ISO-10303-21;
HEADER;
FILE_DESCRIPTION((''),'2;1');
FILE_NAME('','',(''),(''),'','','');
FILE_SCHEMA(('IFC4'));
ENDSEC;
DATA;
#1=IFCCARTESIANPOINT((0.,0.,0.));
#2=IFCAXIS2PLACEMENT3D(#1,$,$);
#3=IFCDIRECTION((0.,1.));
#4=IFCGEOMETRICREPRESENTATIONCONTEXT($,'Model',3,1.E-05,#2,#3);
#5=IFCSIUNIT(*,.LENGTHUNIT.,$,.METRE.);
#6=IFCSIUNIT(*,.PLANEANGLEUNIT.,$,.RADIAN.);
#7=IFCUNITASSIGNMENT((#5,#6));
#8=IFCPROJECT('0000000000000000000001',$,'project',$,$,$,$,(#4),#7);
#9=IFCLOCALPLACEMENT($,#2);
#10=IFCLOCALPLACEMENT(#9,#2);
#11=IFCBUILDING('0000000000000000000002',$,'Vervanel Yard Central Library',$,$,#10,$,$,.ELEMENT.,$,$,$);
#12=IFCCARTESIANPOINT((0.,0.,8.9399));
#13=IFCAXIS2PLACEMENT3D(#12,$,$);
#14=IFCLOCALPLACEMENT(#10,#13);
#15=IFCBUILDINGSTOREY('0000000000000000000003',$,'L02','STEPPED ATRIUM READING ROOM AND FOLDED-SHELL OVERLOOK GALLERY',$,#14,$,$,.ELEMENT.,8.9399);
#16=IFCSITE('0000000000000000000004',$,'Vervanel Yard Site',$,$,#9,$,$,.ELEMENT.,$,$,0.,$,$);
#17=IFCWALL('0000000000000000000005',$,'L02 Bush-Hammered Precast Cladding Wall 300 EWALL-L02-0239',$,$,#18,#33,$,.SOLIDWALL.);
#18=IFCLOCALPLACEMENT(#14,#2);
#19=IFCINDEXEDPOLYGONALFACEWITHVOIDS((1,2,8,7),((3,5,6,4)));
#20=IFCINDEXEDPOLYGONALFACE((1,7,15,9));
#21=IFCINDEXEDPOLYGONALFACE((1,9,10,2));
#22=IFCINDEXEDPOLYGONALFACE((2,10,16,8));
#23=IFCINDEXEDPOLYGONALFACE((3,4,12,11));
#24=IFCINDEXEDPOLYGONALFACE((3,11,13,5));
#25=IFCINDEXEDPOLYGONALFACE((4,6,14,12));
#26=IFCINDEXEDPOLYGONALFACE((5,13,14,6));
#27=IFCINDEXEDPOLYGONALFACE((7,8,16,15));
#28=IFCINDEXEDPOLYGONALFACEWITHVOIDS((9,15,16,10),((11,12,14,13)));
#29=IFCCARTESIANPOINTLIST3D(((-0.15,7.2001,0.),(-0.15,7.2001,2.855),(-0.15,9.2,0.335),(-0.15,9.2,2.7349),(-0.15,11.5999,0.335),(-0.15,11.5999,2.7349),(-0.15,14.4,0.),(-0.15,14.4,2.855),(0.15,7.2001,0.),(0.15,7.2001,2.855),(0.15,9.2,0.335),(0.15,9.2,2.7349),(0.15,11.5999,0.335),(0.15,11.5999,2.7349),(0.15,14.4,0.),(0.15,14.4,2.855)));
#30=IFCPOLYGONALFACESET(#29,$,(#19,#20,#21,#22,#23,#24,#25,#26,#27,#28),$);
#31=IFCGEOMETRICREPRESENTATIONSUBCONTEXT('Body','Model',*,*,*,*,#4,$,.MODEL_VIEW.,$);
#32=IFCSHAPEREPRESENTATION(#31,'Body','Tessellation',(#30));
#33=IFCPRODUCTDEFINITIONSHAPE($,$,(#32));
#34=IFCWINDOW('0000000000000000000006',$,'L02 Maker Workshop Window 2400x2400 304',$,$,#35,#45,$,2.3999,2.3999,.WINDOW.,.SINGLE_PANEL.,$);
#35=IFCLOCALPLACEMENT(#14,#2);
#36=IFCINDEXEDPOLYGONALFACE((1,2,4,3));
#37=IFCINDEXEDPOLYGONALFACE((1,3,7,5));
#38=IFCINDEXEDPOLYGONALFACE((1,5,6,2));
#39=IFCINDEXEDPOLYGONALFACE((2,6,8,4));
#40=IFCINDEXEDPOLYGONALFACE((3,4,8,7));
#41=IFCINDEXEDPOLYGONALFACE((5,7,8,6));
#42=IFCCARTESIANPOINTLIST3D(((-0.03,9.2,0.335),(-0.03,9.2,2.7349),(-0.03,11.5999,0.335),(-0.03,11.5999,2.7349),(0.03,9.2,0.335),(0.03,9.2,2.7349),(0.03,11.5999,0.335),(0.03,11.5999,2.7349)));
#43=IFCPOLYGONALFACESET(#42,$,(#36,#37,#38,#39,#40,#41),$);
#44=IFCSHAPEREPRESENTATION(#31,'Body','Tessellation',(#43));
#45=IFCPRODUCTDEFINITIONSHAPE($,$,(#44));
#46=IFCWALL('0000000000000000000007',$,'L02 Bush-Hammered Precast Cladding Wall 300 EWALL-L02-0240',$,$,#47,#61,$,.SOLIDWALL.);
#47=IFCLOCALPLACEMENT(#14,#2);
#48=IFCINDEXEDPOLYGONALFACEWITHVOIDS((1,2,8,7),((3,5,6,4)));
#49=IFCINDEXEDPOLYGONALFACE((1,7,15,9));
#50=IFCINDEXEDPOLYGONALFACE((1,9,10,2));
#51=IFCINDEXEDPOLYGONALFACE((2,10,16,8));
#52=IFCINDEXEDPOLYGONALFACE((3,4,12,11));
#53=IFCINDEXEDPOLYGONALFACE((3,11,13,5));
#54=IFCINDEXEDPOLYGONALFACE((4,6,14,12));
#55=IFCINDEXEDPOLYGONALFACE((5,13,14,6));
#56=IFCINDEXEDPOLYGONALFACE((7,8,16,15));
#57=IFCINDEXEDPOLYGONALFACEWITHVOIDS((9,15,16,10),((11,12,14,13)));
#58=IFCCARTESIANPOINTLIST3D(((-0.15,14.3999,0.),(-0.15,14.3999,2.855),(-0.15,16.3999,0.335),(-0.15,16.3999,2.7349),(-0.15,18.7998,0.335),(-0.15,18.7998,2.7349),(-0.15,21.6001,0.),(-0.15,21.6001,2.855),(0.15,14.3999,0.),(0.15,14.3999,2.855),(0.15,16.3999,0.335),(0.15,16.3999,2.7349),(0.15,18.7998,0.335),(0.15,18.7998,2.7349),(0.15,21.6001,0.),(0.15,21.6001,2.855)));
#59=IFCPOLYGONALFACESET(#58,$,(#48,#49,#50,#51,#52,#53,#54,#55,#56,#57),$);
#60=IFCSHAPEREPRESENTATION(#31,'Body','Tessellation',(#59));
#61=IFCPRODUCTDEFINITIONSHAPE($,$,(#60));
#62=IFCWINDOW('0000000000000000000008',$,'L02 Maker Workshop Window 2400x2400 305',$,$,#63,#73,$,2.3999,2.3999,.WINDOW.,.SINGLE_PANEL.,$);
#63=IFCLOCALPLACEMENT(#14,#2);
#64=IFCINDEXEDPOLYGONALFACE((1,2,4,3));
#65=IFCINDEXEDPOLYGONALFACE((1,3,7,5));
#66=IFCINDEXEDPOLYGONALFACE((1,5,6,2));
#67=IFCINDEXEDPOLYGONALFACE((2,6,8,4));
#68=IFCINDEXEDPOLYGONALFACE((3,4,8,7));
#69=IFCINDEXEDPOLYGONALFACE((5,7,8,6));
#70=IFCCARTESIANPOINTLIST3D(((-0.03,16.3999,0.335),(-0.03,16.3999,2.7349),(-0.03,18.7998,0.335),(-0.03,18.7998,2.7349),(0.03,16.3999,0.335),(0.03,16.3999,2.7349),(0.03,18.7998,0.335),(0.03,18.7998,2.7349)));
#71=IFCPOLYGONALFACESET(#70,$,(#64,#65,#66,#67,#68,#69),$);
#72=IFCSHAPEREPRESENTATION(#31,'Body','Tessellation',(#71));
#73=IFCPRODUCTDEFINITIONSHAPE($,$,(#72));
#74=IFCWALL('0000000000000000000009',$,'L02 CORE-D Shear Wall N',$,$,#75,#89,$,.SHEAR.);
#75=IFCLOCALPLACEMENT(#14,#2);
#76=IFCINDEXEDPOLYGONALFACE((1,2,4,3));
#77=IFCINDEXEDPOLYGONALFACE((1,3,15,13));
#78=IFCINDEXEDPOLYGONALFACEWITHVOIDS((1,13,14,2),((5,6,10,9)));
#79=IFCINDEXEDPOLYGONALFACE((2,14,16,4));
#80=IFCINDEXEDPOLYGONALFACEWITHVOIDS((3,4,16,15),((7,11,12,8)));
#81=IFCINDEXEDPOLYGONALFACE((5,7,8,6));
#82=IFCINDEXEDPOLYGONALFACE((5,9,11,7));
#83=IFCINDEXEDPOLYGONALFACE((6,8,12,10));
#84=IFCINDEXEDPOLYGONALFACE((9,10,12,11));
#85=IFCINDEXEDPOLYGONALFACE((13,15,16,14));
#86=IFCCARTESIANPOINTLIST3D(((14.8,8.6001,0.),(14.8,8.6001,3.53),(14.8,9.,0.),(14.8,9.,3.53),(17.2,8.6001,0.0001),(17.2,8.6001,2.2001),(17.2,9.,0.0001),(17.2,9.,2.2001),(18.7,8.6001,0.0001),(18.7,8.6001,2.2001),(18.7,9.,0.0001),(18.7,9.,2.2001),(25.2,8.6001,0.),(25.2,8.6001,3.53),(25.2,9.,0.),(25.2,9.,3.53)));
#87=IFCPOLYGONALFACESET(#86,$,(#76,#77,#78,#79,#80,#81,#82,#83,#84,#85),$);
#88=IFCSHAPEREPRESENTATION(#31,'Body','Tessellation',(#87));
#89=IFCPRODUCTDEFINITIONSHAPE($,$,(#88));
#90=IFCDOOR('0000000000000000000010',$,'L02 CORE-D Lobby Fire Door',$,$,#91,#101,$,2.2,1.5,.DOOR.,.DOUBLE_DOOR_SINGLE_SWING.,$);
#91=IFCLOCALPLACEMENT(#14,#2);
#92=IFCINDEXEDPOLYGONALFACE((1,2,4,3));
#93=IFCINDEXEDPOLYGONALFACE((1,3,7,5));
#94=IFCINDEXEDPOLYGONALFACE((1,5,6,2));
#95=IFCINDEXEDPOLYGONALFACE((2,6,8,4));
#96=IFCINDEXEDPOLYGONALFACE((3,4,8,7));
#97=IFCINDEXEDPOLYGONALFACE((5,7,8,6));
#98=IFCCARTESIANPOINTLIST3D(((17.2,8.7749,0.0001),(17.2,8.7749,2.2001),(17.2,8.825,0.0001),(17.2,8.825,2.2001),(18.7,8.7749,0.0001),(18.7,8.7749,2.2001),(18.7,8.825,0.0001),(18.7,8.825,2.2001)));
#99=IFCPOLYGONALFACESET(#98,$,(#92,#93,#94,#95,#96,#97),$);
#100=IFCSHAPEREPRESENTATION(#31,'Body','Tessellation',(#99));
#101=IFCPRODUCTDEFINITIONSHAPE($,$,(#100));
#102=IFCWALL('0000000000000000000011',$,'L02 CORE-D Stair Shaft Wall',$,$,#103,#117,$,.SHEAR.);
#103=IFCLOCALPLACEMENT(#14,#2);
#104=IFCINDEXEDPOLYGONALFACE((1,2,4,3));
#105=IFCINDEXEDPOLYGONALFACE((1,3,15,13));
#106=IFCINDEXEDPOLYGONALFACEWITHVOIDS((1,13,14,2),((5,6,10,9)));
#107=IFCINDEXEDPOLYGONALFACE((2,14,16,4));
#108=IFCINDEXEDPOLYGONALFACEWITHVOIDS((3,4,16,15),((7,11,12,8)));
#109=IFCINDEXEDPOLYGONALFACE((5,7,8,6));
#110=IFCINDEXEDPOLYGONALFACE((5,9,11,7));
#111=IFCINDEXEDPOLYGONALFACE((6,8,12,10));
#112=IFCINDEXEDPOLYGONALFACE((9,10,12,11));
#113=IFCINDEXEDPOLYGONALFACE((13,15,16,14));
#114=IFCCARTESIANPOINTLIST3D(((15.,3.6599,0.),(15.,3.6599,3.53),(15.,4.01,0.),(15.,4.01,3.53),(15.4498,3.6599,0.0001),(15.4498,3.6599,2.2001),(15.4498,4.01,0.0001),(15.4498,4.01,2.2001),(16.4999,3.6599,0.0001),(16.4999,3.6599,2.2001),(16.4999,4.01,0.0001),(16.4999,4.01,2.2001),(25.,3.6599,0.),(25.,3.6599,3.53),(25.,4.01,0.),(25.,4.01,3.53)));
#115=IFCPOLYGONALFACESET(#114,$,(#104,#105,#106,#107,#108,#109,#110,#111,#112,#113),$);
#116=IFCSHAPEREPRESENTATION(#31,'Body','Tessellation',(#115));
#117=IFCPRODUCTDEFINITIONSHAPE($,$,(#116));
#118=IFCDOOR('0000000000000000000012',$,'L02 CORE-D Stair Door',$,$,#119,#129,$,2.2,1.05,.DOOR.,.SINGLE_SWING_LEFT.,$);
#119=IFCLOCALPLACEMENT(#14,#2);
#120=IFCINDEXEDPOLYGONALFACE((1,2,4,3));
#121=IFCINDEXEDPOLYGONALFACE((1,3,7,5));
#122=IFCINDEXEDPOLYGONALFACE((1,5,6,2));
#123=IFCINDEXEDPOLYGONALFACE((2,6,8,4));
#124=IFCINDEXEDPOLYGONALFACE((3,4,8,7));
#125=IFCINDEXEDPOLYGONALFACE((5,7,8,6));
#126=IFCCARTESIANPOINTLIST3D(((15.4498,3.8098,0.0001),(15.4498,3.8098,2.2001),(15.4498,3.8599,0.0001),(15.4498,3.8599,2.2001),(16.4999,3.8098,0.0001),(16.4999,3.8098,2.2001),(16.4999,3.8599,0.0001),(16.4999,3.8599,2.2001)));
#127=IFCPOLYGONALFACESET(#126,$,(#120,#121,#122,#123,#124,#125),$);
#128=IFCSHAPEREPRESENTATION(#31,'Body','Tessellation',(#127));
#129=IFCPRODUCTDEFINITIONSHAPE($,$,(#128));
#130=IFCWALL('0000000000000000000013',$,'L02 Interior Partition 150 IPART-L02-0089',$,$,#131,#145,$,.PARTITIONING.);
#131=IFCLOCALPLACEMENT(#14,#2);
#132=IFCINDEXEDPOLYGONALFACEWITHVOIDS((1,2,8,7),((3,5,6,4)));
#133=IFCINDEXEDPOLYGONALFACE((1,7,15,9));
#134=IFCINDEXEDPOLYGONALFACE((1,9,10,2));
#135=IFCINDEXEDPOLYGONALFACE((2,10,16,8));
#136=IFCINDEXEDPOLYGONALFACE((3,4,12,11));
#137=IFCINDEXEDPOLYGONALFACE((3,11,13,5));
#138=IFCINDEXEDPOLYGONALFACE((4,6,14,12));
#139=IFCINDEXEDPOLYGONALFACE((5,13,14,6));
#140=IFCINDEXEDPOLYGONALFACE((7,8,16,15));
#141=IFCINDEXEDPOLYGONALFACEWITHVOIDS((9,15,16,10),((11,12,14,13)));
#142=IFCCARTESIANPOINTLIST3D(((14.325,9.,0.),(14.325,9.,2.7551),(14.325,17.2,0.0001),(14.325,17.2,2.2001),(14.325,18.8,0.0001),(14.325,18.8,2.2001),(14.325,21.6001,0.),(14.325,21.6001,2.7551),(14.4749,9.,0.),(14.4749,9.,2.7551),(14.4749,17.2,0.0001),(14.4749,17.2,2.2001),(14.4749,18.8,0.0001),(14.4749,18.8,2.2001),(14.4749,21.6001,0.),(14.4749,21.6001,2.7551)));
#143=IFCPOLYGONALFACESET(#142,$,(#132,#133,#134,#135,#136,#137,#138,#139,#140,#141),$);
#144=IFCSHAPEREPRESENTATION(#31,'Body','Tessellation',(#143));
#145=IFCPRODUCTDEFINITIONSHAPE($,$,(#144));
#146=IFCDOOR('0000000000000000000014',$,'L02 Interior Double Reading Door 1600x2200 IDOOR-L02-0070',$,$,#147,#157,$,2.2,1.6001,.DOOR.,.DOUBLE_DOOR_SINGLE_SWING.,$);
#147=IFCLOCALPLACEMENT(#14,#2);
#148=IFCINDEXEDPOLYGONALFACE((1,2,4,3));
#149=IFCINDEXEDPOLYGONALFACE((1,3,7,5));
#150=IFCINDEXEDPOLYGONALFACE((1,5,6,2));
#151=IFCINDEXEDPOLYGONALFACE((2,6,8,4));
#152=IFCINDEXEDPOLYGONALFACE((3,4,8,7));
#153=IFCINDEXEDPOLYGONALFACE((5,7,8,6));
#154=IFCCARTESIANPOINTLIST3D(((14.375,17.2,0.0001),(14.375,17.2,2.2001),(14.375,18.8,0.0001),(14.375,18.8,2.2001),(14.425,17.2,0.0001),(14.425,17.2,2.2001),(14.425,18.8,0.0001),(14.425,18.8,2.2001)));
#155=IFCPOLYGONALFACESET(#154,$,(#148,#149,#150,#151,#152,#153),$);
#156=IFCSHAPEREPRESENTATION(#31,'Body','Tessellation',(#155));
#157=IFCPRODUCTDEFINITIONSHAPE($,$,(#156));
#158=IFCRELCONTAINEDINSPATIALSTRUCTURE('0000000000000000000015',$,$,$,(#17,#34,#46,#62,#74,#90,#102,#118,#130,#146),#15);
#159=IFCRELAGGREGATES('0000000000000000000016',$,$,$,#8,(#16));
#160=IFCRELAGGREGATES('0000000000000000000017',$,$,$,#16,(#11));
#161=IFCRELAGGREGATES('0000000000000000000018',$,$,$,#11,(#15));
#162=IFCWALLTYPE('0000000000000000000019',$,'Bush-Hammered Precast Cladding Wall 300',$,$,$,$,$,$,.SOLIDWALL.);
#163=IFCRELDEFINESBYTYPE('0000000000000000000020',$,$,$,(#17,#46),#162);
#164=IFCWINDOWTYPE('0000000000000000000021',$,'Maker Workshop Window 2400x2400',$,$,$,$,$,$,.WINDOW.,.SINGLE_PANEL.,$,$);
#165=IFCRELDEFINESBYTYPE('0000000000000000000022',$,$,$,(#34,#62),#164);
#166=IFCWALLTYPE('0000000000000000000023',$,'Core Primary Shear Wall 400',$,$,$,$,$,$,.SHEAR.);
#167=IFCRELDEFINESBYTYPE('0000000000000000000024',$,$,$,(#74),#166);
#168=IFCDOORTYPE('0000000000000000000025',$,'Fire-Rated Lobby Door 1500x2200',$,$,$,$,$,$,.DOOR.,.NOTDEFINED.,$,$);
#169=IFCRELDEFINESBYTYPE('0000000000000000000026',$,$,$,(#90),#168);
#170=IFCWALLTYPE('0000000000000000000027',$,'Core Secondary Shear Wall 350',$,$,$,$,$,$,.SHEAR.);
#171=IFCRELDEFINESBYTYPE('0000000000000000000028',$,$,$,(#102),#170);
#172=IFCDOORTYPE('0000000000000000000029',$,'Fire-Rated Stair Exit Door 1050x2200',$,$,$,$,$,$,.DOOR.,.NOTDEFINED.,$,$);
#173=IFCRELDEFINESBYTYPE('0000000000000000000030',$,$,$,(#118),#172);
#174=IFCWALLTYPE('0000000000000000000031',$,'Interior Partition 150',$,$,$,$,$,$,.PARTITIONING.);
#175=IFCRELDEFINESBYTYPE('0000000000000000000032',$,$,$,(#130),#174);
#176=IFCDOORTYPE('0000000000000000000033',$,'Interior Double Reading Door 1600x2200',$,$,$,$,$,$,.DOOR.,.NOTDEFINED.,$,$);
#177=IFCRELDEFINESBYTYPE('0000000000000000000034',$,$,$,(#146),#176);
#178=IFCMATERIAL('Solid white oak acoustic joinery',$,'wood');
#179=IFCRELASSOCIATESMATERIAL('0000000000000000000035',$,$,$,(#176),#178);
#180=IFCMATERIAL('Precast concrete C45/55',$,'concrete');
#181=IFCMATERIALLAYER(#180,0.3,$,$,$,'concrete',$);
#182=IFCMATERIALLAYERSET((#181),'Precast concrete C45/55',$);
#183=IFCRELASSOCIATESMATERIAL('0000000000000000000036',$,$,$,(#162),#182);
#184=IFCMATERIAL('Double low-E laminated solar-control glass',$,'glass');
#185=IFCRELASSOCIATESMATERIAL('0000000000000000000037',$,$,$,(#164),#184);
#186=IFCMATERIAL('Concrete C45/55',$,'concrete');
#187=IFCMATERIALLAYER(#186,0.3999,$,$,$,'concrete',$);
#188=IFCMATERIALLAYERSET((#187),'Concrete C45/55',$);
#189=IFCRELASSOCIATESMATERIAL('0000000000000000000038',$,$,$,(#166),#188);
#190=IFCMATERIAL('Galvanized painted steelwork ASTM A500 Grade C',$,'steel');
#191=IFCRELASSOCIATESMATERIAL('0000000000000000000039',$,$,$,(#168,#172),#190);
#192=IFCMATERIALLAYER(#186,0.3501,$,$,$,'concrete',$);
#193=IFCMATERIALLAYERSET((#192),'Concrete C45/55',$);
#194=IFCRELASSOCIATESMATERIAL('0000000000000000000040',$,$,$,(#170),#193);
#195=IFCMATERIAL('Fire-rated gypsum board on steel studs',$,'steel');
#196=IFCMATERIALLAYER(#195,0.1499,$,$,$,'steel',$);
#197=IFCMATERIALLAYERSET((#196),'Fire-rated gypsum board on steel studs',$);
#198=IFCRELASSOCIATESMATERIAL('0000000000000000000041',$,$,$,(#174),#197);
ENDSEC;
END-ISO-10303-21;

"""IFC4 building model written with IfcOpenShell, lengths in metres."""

from ifc_helpers import new_model, si_unit, direction, frame, frame_2d, origin, place, context, subcontext, project, spatial, rectangle, extrude, material, layer, layer_set, type_object, element, fill, save


model = new_model("IFC4")

# Units and contexts
model_context = context("Model", 3, precision=1e-05, world=origin(), true_north=direction((0.0, 1.0)))
body_context = subcontext(model_context, "Body", "Model", "MODEL_VIEW")
ifc_project = project(units=[si_unit("LENGTHUNIT", "METRE"), si_unit("PLANEANGLEUNIT", "RADIAN")], contexts=[model_context])

# Site, building, storey
site_placement = place(None, origin())
site = spatial("IfcSite", under=ifc_project, at=site_placement, Name="Vervanel Yard Site", CompositionType="ELEMENT", RefElevation=0.0)
building_placement = place(site_placement, origin())
building = spatial("IfcBuilding", under=site, at=building_placement, Name="Vervanel Yard Central Library", CompositionType="ELEMENT")
storey_placement = place(building_placement, frame((0.0, 0.0, 8.9399)))
storey = spatial("IfcBuildingStorey", under=building, at=storey_placement, Name="L02", Description="STEPPED ATRIUM READING ROOM AND FOLDED-SHELL OVERLOOK GALLERY", CompositionType="ELEMENT", Elevation=8.9399)

# Shared definitions
ifc_material_1 = material(Name="Concrete C45/55", Category="concrete")

# Shared definitions
ifc_material_2 = material(Name="Fire-rated gypsum board on steel studs", Category="steel")
ifc_material_3 = material(Name="Solid white oak acoustic joinery", Category="wood")
door_type_1 = type_object("IfcDoorType", Name="Interior Double Reading Door 1600x2200", OperationType="NOTDEFINED", PredefinedType="DOOR", material=ifc_material_3)

# Walls, openings, windows
ifc_material_4 = material(Name="Precast concrete C45/55", Category="concrete")
ifc_layer_1 = layer(ifc_material_4, 0.3, Category="concrete")
ifc_layer_set_1 = layer_set([ifc_layer_1], Name="Precast concrete C45/55")
wall_type_1 = type_object("IfcWallType", Name="Bush-Hammered Precast Cladding Wall 300", PredefinedType="SOLIDWALL", material=ifc_layer_set_1)
wall_1_placement = place(storey_placement, frame((0.0, 7.2, 0.0), z_axis=(0.0, 0.0, 1.0), x_axis=(0.0, 1.0, 0.0)))
wall_1 = element("IfcWall", 1, at=wall_1_placement, inside=storey, type_object=wall_type_1, Name="L02 Bush-Hammered Precast Cladding Wall 300 EWALL-L02-0239", PredefinedType="SOLIDWALL", context=body_context, shape_type="SweptSolid", body=[
    extrude(rectangle(XDim=7.2, YDim=0.3, at=frame_2d((3.6001, 0.0))), origin(), (0.0, 0.0, 1.0), 2.855),
])
opening_1_placement = place(wall_1_placement, frame((2.0, 0.0, 0.335)))
opening_1 = element("IfcOpeningElement", 2, at=opening_1_placement, cuts=wall_1, PredefinedType="OPENING", context=body_context, shape_type="SweptSolid", body=[
    extrude(rectangle(XDim=2.3999, YDim=2.3999, at=frame_2d((1.2, 1.2))), frame((0.0, 0.1599, 0.0), z_axis=(0.0, -1.0, 0.0), x_axis=(1.0, 0.0, 0.0)), (0.0, 0.0, 1.0), 0.3201),
])
ifc_material_5 = material(Name="Double low-E laminated solar-control glass", Category="glass")
window_type = type_object("IfcWindowType", Name="Maker Workshop Window 2400x2400", PartitioningType="SINGLE_PANEL", PredefinedType="WINDOW", material=ifc_material_5)
window_1_placement = place(opening_1_placement, origin())
window_1 = element("IfcWindow", 3, at=window_1_placement, inside=storey, type_object=window_type, Name="L02 Maker Workshop Window 2400x2400 304", OverallHeight=2.3999, OverallWidth=2.3999, PartitioningType="SINGLE_PANEL", PredefinedType="WINDOW", context=body_context, shape_type="SweptSolid", body=[
    extrude(rectangle(XDim=2.3999, YDim=2.3999, at=frame_2d((1.2, 1.2))), frame((0.0, 0.03, 0.0), z_axis=(0.0, -1.0, 0.0), x_axis=(1.0, 0.0, 0.0)), (0.0, 0.0, 1.0), 0.0601),
])
fill(opening_1, window_1)
wall_2_placement = place(storey_placement, frame((0.0, 14.3999, 0.0), z_axis=(0.0, 0.0, 1.0), x_axis=(0.0, 1.0, 0.0)))
wall_2 = element("IfcWall", 4, at=wall_2_placement, inside=storey, type_object=wall_type_1, Name="L02 Bush-Hammered Precast Cladding Wall 300 EWALL-L02-0240", PredefinedType="SOLIDWALL", context=body_context, shape_type="SweptSolid", body=[
    extrude(rectangle(XDim=7.2002, YDim=0.3, at=frame_2d((3.6001, 0.0))), origin(), (0.0, 0.0, 1.0), 2.855),
])
opening_2_placement = place(wall_2_placement, frame((2.0, 0.0, 0.335)))
opening_2 = element("IfcOpeningElement", 5, at=opening_2_placement, cuts=wall_2, PredefinedType="OPENING", context=body_context, shape_type="SweptSolid", body=[
    extrude(rectangle(XDim=2.3999, YDim=2.3999, at=frame_2d((1.2, 1.2))), frame((0.0, 0.1599, 0.0), z_axis=(0.0, -1.0, 0.0), x_axis=(1.0, 0.0, 0.0)), (0.0, 0.0, 1.0), 0.3201),
])
window_2_placement = place(opening_2_placement, origin())
window_2 = element("IfcWindow", 6, at=window_2_placement, inside=storey, type_object=window_type, Name="L02 Maker Workshop Window 2400x2400 305", OverallHeight=2.3999, OverallWidth=2.3999, PartitioningType="SINGLE_PANEL", PredefinedType="WINDOW", context=body_context, shape_type="SweptSolid", body=[
    extrude(rectangle(XDim=2.3999, YDim=2.3999, at=frame_2d((1.2, 1.2))), frame((0.0, 0.03, 0.0), z_axis=(0.0, -1.0, 0.0), x_axis=(1.0, 0.0, 0.0)), (0.0, 0.0, 1.0), 0.0601),
])
fill(opening_2, window_2)

# Walls, openings, doors
ifc_layer_2 = layer(ifc_material_1, 0.3999, Category="concrete")
ifc_layer_set_2 = layer_set([ifc_layer_2], Name="Concrete C45/55")
wall_type_2 = type_object("IfcWallType", Name="Core Primary Shear Wall 400", PredefinedType="SHEAR", material=ifc_layer_set_2)
wall_3_placement = place(storey_placement, frame((14.8, 8.8, 0.0), z_axis=(0.0, 0.0, 1.0), x_axis=(1.0, 0.0, 0.0)))
wall_3 = element("IfcWall", 7, at=wall_3_placement, inside=storey, type_object=wall_type_2, Name="L02 CORE-D Shear Wall N", PredefinedType="SHEAR", context=body_context, shape_type="SweptSolid", body=[
    extrude(rectangle(XDim=10.3999, YDim=0.3999, at=frame_2d((5.2, 0.0))), origin(), (0.0, 0.0, 1.0), 3.53),
])
opening_3_placement = place(wall_3_placement, frame((2.3999, 0.0, 0.0)))
opening_3 = element("IfcOpeningElement", 8, at=opening_3_placement, cuts=wall_3, PredefinedType="OPENING", context=body_context, shape_type="SweptSolid", body=[
    extrude(rectangle(XDim=1.5, YDim=2.2, at=frame_2d((0.75, 1.1001))), frame((0.0, 0.21, 0.0), z_axis=(0.0, -1.0, 0.0), x_axis=(1.0, 0.0, 0.0)), (0.0, 0.0, 1.0), 0.4199),
])
ifc_material_6 = material(Name="Galvanized painted steelwork ASTM A500 Grade C", Category="steel")
door_type_2 = type_object("IfcDoorType", Name="Fire-Rated Lobby Door 1500x2200", OperationType="NOTDEFINED", PredefinedType="DOOR", material=ifc_material_6)
door_1_placement = place(opening_3_placement, origin())
door_1 = element("IfcDoor", 9, at=door_1_placement, inside=storey, type_object=door_type_2, Name="L02 CORE-D Lobby Fire Door", OperationType="DOUBLE_DOOR_SINGLE_SWING", OverallHeight=2.2, OverallWidth=1.5, PredefinedType="DOOR", context=body_context, shape_type="SweptSolid", body=[
    extrude(rectangle(XDim=1.5, YDim=2.2, at=frame_2d((0.75, 1.1001))), frame((0.0, 0.0249, 0.0), z_axis=(0.0, -1.0, 0.0), x_axis=(1.0, 0.0, 0.0)), (0.0, 0.0, 1.0), 0.05),
])
fill(opening_3, door_1)
ifc_layer_3 = layer(ifc_material_1, 0.3501, Category="concrete")
ifc_layer_set_3 = layer_set([ifc_layer_3], Name="Concrete C45/55")
wall_type_3 = type_object("IfcWallType", Name="Core Secondary Shear Wall 350", PredefinedType="SHEAR", material=ifc_layer_set_3)
wall_4_placement = place(storey_placement, frame((15.0, 3.835, 0.0), z_axis=(0.0, 0.0, 1.0), x_axis=(1.0, 0.0, 0.0)))
wall_4 = element("IfcWall", 10, at=wall_4_placement, inside=storey, type_object=wall_type_3, Name="L02 CORE-D Stair Shaft Wall", PredefinedType="SHEAR", context=body_context, shape_type="SweptSolid", body=[
    extrude(rectangle(XDim=10.0, YDim=0.3501, at=frame_2d((5.0, 0.0))), origin(), (0.0, 0.0, 1.0), 3.53),
])
opening_4_placement = place(wall_4_placement, frame((0.45, 0.0, 0.0)))
opening_4 = element("IfcOpeningElement", 11, at=opening_4_placement, cuts=wall_4, PredefinedType="OPENING", context=body_context, shape_type="SweptSolid", body=[
    extrude(rectangle(XDim=1.05, YDim=2.2, at=frame_2d((0.5249, 1.1001))), frame((0.0, 0.1851, 0.0), z_axis=(0.0, -1.0, 0.0), x_axis=(1.0, 0.0, 0.0)), (0.0, 0.0, 1.0), 0.3701),
])
door_type_3 = type_object("IfcDoorType", Name="Fire-Rated Stair Exit Door 1050x2200", OperationType="NOTDEFINED", PredefinedType="DOOR", material=ifc_material_6)
door_2_placement = place(opening_4_placement, origin())
door_2 = element("IfcDoor", 12, at=door_2_placement, inside=storey, type_object=door_type_3, Name="L02 CORE-D Stair Door", OperationType="SINGLE_SWING_LEFT", OverallHeight=2.2, OverallWidth=1.05, PredefinedType="DOOR", context=body_context, shape_type="SweptSolid", body=[
    extrude(rectangle(XDim=1.05, YDim=2.2, at=frame_2d((0.5249, 1.1001))), frame((0.0, 0.0249, 0.0), z_axis=(0.0, -1.0, 0.0), x_axis=(1.0, 0.0, 0.0)), (0.0, 0.0, 1.0), 0.05),
])
fill(opening_4, door_2)
ifc_layer_4 = layer(ifc_material_2, 0.1499, Category="steel")
ifc_layer_set_4 = layer_set([ifc_layer_4], Name="Fire-rated gypsum board on steel studs")
wall_type_4 = type_object("IfcWallType", Name="Interior Partition 150", PredefinedType="PARTITIONING", material=ifc_layer_set_4)
wall_5_placement = place(storey_placement, frame((14.3999, 9.0, 0.0), z_axis=(0.0, 0.0, 1.0), x_axis=(0.0, 1.0, 0.0)))
wall_5 = element("IfcWall", 13, at=wall_5_placement, inside=storey, type_object=wall_type_4, Name="L02 Interior Partition 150 IPART-L02-0089", PredefinedType="PARTITIONING", context=body_context, shape_type="SweptSolid", body=[
    extrude(rectangle(XDim=12.6001, YDim=0.1499, at=frame_2d((6.3, 0.0))), origin(), (0.0, 0.0, 1.0), 2.7551),
])
opening_5_placement = place(wall_5_placement, frame((8.2, 0.0, 0.0)))
opening_5 = element("IfcOpeningElement", 14, at=opening_5_placement, cuts=wall_5, PredefinedType="OPENING", context=body_context, shape_type="SweptSolid", body=[
    extrude(rectangle(XDim=1.6001, YDim=2.2, at=frame_2d((0.8, 1.1001))), frame((0.0, 0.085, 0.0), z_axis=(0.0, -1.0, 0.0), x_axis=(1.0, 0.0, 0.0)), (0.0, 0.0, 1.0), 0.1699),
])
door_3_placement = place(opening_5_placement, origin())
door_3 = element("IfcDoor", 15, at=door_3_placement, inside=storey, type_object=door_type_1, Name="L02 Interior Double Reading Door 1600x2200 IDOOR-L02-0070", OperationType="DOUBLE_DOOR_SINGLE_SWING", OverallHeight=2.2, OverallWidth=1.6001, PredefinedType="DOOR", context=body_context, shape_type="SweptSolid", body=[
    extrude(rectangle(XDim=1.6001, YDim=2.2, at=frame_2d((0.8, 1.1001))), frame((0.0, 0.0249, 0.0), z_axis=(0.0, -1.0, 0.0), x_axis=(1.0, 0.0, 0.0)), (0.0, 0.0, 1.0), 0.05),
])
fill(opening_5, door_3)

save(model, "model.ifc")
